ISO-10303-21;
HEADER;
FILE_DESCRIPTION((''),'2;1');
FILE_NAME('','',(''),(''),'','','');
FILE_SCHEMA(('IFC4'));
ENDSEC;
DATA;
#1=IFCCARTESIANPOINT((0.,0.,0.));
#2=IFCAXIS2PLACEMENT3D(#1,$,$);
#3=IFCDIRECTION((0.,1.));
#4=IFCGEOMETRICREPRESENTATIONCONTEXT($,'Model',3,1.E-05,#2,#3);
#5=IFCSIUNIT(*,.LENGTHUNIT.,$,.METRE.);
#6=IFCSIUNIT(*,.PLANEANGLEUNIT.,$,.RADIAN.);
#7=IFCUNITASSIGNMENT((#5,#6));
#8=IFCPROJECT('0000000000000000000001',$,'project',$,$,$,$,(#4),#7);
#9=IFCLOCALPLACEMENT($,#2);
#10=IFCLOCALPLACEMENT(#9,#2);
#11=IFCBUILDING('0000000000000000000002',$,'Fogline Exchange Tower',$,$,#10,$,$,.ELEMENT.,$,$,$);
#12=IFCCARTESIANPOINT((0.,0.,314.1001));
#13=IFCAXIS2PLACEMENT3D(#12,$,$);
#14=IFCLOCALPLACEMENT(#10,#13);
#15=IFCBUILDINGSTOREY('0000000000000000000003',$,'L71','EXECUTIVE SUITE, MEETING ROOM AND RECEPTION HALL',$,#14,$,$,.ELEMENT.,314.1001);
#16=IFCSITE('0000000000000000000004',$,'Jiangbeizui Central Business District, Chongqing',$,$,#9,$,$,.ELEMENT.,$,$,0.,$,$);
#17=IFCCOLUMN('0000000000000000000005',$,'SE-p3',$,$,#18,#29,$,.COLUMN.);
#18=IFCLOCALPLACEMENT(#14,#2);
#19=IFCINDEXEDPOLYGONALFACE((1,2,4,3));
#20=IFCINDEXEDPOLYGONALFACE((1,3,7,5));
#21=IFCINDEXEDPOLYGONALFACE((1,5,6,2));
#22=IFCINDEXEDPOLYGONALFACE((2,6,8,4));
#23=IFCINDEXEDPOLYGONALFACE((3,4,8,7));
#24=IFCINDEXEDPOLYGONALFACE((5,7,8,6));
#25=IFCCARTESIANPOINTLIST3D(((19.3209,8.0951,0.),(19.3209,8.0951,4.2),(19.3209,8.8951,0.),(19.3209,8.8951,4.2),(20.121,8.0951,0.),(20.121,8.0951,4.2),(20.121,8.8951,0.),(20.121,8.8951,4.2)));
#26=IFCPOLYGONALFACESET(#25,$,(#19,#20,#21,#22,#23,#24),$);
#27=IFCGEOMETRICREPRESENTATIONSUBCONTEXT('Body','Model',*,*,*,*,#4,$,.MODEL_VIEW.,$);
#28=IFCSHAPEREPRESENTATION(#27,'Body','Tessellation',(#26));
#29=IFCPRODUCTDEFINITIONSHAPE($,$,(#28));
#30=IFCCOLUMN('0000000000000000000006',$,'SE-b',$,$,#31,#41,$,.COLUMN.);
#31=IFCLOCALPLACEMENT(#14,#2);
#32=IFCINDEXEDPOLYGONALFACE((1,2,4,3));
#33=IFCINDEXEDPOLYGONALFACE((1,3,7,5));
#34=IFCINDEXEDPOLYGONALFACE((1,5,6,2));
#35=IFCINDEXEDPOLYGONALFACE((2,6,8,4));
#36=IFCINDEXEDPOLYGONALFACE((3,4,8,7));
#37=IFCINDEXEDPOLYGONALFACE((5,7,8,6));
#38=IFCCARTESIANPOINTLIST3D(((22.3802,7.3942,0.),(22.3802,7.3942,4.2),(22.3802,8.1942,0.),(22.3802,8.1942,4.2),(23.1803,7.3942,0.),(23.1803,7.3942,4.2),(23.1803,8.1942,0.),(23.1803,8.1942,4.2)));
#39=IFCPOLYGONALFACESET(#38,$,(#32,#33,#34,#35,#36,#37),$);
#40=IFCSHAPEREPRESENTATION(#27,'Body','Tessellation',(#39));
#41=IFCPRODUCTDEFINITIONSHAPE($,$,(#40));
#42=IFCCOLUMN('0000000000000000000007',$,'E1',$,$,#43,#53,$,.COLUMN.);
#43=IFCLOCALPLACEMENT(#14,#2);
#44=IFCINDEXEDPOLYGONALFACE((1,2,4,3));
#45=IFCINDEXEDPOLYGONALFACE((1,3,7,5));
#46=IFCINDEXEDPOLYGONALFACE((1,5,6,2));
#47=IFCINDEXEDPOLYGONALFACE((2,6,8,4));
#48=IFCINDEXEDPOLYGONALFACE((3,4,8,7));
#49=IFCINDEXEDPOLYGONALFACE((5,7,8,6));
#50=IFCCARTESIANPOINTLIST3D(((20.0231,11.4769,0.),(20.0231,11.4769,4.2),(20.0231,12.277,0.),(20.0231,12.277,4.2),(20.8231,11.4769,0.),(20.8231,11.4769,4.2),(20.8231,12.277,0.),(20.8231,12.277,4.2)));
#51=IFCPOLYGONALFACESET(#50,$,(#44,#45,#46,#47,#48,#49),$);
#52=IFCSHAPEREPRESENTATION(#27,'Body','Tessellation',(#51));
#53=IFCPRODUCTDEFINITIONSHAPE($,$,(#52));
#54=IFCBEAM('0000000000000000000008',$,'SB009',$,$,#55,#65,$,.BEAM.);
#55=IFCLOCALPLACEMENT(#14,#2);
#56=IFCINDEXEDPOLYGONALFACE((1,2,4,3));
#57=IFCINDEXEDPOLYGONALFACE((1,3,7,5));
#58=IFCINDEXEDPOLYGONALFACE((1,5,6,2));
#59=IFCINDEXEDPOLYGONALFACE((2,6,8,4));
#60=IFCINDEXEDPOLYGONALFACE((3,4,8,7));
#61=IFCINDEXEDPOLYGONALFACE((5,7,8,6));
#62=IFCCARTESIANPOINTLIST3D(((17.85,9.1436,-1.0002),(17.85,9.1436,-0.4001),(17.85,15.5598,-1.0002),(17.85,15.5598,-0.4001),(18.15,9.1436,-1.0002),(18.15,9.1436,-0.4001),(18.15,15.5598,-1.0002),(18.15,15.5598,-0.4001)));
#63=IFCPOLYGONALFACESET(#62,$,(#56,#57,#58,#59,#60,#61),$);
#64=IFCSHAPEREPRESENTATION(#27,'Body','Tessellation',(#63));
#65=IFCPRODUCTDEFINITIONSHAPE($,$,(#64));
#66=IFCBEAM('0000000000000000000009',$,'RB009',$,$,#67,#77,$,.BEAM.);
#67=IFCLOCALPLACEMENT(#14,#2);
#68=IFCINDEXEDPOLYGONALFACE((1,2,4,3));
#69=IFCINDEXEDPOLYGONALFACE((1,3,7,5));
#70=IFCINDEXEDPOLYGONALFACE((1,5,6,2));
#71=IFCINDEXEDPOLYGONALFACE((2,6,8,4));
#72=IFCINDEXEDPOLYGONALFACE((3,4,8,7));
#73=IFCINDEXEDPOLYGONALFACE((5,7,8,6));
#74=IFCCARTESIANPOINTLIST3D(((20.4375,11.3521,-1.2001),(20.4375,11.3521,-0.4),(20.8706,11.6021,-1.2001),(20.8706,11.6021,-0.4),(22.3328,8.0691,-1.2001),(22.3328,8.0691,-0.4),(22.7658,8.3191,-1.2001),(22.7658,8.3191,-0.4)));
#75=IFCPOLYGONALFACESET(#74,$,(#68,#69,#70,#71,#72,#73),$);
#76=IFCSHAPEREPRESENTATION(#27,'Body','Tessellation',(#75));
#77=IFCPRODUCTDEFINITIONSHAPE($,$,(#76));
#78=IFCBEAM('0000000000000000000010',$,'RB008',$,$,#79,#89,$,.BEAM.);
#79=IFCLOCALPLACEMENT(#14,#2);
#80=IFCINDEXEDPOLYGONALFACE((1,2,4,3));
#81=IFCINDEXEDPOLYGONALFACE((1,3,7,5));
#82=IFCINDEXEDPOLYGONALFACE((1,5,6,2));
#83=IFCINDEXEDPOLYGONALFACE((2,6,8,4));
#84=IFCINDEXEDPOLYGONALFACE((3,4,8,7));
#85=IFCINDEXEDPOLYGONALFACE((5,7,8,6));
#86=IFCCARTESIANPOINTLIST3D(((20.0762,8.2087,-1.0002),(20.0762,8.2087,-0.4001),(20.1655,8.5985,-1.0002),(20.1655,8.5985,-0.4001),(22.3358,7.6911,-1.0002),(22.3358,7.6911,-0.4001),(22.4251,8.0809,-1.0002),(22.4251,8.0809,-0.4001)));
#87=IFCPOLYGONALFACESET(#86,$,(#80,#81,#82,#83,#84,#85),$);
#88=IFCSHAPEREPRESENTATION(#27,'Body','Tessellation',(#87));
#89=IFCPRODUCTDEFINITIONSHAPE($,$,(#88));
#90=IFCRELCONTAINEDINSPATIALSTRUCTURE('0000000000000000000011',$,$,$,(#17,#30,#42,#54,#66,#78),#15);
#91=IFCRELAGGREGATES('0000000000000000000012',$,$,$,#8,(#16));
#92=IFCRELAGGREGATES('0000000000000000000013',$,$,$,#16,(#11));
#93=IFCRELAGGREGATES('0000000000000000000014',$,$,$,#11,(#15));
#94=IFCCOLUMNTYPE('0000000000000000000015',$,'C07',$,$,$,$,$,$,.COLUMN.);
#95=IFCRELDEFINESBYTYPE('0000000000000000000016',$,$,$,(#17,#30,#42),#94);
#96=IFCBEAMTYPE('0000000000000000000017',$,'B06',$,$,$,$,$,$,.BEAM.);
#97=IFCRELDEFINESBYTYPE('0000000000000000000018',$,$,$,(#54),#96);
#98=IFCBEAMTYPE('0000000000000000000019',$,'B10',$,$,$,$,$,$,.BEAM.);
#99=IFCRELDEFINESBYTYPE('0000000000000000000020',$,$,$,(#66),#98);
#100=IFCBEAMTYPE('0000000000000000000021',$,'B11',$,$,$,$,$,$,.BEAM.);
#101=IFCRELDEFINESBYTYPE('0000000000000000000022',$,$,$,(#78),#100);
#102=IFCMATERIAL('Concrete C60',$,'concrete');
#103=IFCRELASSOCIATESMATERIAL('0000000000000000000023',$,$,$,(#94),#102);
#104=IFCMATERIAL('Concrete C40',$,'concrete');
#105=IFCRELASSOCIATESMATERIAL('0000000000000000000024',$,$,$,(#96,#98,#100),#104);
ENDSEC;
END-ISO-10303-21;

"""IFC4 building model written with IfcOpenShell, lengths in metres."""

from ifc_helpers import new_model, si_unit, direction, frame, origin, origin_2d, place, context, subcontext, project, spatial, rectangle, extrude, material, material_profile, profile_set, type_object, element, save


model = new_model("IFC4")

# Units and contexts
model_context = context("Model", 3, precision=1e-05, world=origin(), true_north=direction((0.0, 1.0)))
body_context = subcontext(model_context, "Body", "Model", "MODEL_VIEW")
ifc_project = project(units=[si_unit("LENGTHUNIT", "METRE"), si_unit("PLANEANGLEUNIT", "RADIAN")], contexts=[model_context])

# Site, building, storey
site_placement = place(None, origin())
site = spatial("IfcSite", under=ifc_project, at=site_placement, Name="Jiangbeizui Central Business District, Chongqing", CompositionType="ELEMENT", RefElevation=0.0)
building_placement = place(site_placement, origin())
building = spatial("IfcBuilding", under=site, at=building_placement, Name="Fogline Exchange Tower", CompositionType="ELEMENT")
storey_placement = place(building_placement, frame((0.0, 0.0, 314.1001)))
storey = spatial("IfcBuildingStorey", under=building, at=storey_placement, Name="L71", Description="EXECUTIVE SUITE, MEETING ROOM AND RECEPTION HALL", CompositionType="ELEMENT", Elevation=314.1001)

# Columns
ifc_material_1 = material(Name="Concrete C60", Category="concrete")
ifc_material_profile_1 = material_profile(ifc_material_1, rectangle(XDim=0.8, YDim=0.8, at=origin_2d()), Name="RC 800x800")
ifc_profile_set_1 = profile_set([ifc_material_profile_1], Name="Concrete C60")
column_type = type_object("IfcColumnType", Name="C07", PredefinedType="COLUMN", material=ifc_profile_set_1)
for number, where, z_axis, x_axis, name in (
    (1, (19.7209, 8.4951, 0.0), (0.0, 0.0, 1.0), (1.0, 0.0, 0.0), "SE-p3"),
    (2, (22.7803, 7.7942, 0.0), (0.0, 0.0, 1.0), (1.0, 0.0, 0.0), "SE-b"),
    (3, (20.4231, 11.877, 0.0), (0.0, 0.0, 1.0), (1.0, 0.0, 0.0), "E1"),
):
    element("IfcColumn", number, at=place(storey_placement, frame(where, z_axis=z_axis, x_axis=x_axis)), inside=storey, type_object=column_type, Name=name, PredefinedType="COLUMN", context=body_context, shape_type="SweptSolid", body=[
        extrude(rectangle(XDim=0.8, YDim=0.8, at=origin_2d()), origin(), (0.0, 0.0, 1.0), 4.2),
    ])

# Beams
ifc_material_2 = material(Name="Concrete C40", Category="concrete")
ifc_material_profile_2 = material_profile(ifc_material_2, rectangle(XDim=0.3, YDim=0.6001, at=origin_2d()), Name="RC 300x600")
ifc_profile_set_2 = profile_set([ifc_material_profile_2], Name="Concrete C40")
beam_type_1 = type_object("IfcBeamType", Name="B06", PredefinedType="BEAM", material=ifc_profile_set_2)
beam_1_placement = place(storey_placement, frame((18.0, 9.1436, -0.7002), z_axis=(0.0, 1.0, 0.0), x_axis=(-1.0, 0.0, 0.0)))
element("IfcBeam", 4, at=beam_1_placement, inside=storey, type_object=beam_type_1, Name="SB009", PredefinedType="BEAM", context=body_context, shape_type="SweptSolid", body=[
    extrude(rectangle(XDim=0.3, YDim=0.6001, at=origin_2d()), origin(), (0.0, 0.0, 1.0), 6.4163),
])
ifc_material_profile_3 = material_profile(ifc_material_2, rectangle(XDim=0.5, YDim=0.8, at=origin_2d()), Name="RC 500x800")
ifc_profile_set_3 = profile_set([ifc_material_profile_3], Name="Concrete C40")
beam_type_2 = type_object("IfcBeamType", Name="B10", PredefinedType="BEAM", material=ifc_profile_set_3)
beam_2_placement = place(storey_placement, frame((22.5493, 8.1941, -0.8), z_axis=(-0.49997, 0.866043, 0.0), x_axis=(-0.866043, -0.49997, 0.0)))
element("IfcBeam", 5, at=beam_2_placement, inside=storey, type_object=beam_type_2, Name="RB009", PredefinedType="BEAM", context=body_context, shape_type="SweptSolid", body=[
    extrude(rectangle(XDim=0.5, YDim=0.8, at=origin_2d()), origin(), (0.0, 0.0, 1.0), 3.7908),
])
ifc_material_profile_4 = material_profile(ifc_material_2, rectangle(XDim=0.3999, YDim=0.6001, at=origin_2d()), Name="RC 400x600")
ifc_profile_set_4 = profile_set([ifc_material_profile_4], Name="Concrete C40")
beam_type_3 = type_object("IfcBeamType", Name="B11", PredefinedType="BEAM", material=ifc_profile_set_4)
beam_3_placement = place(storey_placement, frame((20.1208, 8.4036, -0.7002), z_axis=(0.974754, -0.223282, 0.0), x_axis=(0.223282, 0.974754, 0.0)))
element("IfcBeam", 6, at=beam_3_placement, inside=storey, type_object=beam_type_3, Name="RB008", PredefinedType="BEAM", context=body_context, shape_type="SweptSolid", body=[
    extrude(rectangle(XDim=0.3999, YDim=0.6001, at=origin_2d()), origin(), (0.0, 0.0, 1.0), 2.3181),
])

save(model, "model.ifc")
